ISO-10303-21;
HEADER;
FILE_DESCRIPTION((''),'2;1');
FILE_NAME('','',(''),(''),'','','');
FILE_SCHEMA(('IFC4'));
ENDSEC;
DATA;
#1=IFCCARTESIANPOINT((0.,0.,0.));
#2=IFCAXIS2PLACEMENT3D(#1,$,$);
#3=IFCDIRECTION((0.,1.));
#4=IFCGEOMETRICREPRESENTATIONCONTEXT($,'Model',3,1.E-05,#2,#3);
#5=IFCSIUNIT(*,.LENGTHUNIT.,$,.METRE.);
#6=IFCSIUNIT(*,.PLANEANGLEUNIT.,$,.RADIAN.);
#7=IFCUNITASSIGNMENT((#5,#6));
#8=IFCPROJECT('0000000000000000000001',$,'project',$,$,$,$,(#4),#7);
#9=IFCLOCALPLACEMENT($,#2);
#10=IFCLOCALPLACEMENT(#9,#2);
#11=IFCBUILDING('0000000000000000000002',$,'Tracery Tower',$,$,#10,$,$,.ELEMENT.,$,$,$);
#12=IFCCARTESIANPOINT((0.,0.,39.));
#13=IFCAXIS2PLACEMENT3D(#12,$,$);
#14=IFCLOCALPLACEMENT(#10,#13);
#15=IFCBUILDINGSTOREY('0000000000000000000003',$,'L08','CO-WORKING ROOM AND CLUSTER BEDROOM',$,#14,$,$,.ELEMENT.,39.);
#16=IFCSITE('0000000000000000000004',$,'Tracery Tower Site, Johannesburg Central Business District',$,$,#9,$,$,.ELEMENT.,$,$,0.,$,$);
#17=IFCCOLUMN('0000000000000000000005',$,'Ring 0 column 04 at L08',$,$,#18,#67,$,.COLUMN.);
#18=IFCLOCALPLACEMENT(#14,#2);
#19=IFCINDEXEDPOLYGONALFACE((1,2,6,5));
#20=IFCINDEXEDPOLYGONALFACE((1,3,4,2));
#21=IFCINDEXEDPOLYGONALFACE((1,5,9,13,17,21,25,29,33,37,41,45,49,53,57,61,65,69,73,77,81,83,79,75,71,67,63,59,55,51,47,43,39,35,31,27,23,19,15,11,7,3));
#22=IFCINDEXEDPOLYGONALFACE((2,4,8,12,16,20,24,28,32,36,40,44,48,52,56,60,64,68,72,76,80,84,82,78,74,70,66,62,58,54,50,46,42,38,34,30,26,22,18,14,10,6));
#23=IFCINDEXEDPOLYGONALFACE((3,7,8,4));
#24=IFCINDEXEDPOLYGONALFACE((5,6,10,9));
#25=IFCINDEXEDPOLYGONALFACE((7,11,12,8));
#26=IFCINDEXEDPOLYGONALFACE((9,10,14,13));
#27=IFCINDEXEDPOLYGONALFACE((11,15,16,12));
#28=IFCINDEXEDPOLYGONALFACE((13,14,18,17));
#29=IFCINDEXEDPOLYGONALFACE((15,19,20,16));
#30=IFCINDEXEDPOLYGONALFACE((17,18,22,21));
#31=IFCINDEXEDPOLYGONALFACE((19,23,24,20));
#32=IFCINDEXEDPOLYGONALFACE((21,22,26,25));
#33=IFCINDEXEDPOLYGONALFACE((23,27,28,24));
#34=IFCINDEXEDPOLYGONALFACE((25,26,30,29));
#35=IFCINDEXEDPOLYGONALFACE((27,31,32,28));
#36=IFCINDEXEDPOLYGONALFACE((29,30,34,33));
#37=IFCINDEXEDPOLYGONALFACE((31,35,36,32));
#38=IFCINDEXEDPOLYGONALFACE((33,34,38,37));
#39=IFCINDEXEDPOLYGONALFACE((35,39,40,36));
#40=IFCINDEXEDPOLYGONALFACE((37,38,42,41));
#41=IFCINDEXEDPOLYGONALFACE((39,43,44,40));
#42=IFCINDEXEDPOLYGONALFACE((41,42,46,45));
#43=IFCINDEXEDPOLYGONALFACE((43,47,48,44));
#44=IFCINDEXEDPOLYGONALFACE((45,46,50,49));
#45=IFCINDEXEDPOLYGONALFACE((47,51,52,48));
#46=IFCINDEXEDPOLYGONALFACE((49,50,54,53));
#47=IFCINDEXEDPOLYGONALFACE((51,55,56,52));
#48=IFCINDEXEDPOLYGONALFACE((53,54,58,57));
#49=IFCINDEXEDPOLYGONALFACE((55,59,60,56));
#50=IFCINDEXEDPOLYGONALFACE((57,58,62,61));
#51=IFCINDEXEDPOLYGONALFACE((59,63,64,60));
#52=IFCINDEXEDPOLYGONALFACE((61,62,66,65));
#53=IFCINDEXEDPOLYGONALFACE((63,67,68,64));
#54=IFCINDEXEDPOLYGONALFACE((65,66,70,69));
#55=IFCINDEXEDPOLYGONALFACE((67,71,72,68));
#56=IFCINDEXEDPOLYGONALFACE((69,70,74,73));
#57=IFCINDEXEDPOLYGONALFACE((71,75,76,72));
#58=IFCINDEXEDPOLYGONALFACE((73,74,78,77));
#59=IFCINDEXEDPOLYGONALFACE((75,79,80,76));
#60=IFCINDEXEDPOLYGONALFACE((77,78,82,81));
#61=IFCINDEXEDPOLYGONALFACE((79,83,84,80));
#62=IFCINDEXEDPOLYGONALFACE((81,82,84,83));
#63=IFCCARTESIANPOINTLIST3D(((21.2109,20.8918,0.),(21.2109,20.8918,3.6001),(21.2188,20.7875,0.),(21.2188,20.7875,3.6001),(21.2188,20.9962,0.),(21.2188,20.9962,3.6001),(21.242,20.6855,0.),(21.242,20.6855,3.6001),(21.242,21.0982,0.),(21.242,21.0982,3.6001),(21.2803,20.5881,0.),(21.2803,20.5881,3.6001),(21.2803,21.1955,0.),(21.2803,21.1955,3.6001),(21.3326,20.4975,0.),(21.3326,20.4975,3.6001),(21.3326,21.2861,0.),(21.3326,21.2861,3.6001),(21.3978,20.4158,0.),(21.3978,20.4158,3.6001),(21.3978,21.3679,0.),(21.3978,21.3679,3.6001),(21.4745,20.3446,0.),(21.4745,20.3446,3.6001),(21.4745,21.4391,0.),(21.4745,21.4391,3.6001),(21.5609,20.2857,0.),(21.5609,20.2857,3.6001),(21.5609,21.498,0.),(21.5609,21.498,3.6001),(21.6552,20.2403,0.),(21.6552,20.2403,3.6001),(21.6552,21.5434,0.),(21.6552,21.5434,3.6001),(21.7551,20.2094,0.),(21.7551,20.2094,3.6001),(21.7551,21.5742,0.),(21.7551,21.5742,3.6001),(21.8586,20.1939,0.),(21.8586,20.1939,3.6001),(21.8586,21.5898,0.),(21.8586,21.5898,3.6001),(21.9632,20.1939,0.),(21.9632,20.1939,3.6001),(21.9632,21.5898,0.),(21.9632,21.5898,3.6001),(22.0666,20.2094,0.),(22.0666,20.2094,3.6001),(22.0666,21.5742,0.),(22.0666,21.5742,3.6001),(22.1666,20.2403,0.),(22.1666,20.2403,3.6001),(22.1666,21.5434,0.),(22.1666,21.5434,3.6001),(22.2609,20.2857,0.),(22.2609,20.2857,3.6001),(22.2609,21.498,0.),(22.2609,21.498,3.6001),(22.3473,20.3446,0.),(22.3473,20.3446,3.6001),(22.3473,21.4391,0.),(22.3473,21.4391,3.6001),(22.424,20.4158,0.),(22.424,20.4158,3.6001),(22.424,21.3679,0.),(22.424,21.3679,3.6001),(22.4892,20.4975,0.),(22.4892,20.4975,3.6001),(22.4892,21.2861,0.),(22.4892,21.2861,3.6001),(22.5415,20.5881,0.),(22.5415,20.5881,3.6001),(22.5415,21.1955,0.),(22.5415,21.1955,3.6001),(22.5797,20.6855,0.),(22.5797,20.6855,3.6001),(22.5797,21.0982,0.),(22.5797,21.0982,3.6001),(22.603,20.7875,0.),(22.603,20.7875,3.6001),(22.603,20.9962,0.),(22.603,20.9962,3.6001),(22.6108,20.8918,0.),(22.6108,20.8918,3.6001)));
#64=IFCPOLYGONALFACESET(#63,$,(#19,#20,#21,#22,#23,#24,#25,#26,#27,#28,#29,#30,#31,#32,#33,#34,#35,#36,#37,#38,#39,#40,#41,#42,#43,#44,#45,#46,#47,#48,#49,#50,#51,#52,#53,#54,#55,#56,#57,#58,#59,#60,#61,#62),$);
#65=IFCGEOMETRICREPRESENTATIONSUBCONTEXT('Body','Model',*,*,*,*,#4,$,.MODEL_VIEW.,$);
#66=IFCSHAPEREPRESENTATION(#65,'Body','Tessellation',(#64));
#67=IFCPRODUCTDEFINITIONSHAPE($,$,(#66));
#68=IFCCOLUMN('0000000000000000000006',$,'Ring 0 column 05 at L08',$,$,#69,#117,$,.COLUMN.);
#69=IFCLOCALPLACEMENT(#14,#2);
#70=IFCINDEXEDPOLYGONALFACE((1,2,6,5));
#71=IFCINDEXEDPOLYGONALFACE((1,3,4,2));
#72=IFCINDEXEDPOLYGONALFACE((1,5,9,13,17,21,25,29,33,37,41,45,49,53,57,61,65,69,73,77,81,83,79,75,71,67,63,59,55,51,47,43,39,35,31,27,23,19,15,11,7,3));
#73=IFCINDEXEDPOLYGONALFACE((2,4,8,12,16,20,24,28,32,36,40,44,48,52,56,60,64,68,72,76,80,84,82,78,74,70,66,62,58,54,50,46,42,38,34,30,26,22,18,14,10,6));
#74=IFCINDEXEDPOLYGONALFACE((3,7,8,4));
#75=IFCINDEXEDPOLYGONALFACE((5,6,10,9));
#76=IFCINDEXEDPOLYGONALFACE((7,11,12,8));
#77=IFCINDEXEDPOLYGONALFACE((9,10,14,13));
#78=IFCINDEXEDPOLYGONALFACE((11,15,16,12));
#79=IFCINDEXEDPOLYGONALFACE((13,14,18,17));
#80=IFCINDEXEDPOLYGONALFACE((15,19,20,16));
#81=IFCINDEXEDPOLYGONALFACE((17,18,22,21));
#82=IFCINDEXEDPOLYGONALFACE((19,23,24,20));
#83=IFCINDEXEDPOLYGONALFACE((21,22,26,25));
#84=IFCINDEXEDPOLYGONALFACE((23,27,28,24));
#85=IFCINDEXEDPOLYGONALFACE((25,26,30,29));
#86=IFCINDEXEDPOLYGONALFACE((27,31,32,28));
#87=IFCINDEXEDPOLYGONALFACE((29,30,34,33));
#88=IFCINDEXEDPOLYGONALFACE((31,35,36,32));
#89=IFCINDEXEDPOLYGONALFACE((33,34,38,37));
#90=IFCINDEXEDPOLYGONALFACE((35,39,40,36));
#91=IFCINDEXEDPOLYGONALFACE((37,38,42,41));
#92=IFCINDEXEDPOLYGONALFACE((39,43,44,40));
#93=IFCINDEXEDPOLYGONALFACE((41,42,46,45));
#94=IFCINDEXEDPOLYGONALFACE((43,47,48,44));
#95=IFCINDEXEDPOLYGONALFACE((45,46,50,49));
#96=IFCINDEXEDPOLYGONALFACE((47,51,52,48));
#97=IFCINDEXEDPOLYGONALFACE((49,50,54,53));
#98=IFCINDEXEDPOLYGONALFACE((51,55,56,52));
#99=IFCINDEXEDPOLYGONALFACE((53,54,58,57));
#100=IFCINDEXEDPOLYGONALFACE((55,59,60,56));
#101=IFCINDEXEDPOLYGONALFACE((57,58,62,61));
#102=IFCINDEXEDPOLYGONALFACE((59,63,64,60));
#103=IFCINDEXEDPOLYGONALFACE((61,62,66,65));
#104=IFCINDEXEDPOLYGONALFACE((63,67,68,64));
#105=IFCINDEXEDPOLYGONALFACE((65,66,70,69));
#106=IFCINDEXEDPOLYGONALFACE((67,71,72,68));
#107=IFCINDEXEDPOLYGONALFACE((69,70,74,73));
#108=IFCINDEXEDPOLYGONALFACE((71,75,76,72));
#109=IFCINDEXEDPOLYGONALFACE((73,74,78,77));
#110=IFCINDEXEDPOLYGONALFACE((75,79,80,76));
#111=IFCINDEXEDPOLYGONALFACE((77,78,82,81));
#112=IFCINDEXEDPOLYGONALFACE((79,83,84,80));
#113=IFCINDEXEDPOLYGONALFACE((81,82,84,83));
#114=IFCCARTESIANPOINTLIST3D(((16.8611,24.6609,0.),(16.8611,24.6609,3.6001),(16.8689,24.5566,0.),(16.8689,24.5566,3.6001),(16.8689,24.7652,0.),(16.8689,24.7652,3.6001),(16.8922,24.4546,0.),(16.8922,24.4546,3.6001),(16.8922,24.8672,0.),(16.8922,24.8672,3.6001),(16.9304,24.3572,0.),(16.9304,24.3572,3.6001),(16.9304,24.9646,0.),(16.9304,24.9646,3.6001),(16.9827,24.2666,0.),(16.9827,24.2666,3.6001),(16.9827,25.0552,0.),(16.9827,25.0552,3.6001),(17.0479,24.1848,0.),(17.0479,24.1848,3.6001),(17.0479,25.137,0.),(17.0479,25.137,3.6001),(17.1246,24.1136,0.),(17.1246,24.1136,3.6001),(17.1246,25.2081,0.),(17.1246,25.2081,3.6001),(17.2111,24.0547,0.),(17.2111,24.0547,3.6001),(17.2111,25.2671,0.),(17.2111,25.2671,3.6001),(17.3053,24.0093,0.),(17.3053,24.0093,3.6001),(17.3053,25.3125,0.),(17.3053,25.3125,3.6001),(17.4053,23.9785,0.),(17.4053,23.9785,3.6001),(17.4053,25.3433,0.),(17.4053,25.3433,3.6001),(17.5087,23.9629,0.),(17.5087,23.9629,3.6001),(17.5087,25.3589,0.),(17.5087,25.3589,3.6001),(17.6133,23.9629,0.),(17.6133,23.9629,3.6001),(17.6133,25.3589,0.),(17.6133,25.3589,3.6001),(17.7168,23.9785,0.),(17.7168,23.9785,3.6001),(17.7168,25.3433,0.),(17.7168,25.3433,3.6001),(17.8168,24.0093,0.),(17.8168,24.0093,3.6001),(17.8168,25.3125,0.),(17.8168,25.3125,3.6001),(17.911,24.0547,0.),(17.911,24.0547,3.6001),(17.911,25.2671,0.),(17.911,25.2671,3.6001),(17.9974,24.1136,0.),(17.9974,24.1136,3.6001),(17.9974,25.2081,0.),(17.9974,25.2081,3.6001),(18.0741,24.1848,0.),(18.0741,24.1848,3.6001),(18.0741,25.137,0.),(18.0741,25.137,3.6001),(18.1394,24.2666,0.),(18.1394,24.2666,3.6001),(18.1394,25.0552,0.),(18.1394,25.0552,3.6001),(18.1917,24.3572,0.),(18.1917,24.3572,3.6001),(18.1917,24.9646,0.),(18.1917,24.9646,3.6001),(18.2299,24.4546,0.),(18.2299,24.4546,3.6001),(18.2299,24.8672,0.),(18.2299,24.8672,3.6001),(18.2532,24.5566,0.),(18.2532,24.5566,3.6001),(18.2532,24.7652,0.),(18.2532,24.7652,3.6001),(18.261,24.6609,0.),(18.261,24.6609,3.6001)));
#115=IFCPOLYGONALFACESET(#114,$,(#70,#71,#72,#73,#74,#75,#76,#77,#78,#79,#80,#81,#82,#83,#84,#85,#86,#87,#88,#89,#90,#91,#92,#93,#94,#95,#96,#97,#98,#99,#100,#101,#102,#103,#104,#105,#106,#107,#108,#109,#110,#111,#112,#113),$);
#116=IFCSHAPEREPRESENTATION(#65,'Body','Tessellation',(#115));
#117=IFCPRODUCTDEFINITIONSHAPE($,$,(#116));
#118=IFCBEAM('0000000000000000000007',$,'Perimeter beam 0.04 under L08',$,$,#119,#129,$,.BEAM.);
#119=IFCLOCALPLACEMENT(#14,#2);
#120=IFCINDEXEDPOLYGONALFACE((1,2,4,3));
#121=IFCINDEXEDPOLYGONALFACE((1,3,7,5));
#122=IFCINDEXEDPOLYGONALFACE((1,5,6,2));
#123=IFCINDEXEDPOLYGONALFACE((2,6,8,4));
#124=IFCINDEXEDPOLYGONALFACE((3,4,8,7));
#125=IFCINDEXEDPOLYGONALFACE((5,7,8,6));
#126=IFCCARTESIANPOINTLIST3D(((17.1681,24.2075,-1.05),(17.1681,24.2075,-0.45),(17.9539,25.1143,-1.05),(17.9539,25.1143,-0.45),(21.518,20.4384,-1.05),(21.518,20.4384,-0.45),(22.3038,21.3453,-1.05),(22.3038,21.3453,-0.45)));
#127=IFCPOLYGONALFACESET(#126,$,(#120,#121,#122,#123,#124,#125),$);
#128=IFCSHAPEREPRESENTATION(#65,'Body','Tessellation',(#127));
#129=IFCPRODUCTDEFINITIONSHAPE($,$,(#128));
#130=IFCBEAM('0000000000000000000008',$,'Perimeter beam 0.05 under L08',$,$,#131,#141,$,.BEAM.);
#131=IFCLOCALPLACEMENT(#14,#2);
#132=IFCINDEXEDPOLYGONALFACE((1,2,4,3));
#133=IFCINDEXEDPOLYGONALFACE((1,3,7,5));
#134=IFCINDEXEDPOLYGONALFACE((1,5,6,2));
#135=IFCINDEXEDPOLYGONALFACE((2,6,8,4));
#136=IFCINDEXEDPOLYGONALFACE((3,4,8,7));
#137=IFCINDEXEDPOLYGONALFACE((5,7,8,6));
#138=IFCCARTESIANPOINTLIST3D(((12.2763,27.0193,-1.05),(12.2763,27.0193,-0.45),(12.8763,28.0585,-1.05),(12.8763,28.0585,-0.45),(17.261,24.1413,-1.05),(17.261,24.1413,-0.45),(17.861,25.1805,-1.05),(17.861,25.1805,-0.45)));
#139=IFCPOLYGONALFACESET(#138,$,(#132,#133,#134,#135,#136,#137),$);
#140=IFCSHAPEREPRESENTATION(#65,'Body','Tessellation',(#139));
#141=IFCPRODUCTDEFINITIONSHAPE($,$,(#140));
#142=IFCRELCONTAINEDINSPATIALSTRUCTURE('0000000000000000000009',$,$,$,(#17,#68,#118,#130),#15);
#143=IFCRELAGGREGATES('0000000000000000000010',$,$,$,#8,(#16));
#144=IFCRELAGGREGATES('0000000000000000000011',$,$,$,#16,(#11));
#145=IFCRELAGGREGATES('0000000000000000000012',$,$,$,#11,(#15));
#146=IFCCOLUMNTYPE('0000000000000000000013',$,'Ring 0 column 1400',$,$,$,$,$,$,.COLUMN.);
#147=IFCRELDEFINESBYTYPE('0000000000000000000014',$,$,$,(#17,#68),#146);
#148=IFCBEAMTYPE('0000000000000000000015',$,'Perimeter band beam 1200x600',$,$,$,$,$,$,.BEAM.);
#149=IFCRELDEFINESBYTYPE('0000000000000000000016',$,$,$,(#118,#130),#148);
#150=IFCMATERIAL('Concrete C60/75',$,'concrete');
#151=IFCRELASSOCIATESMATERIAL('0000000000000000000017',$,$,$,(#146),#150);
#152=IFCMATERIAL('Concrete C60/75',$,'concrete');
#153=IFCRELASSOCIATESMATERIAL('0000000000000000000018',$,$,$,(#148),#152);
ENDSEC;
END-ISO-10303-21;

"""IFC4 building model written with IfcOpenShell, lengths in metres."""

from ifc_helpers import new_model, si_unit, direction, frame, origin, origin_2d, place, context, subcontext, project, spatial, rectangle, circle, extrude, material, material_profile, profile_set, type_object, element, save


model = new_model("IFC4")

# Units and contexts
model_context = context("Model", 3, precision=1e-05, world=origin(), true_north=direction((0.0, 1.0)))
body_context = subcontext(model_context, "Body", "Model", "MODEL_VIEW")
ifc_project = project(units=[si_unit("LENGTHUNIT", "METRE"), si_unit("PLANEANGLEUNIT", "RADIAN")], contexts=[model_context])

# Site, building, storey
site_placement = place(None, origin())
site = spatial("IfcSite", under=ifc_project, at=site_placement, Name="Tracery Tower Site, Johannesburg Central Business District", CompositionType="ELEMENT", RefElevation=0.0)
building_placement = place(site_placement, origin())
building = spatial("IfcBuilding", under=site, at=building_placement, Name="Tracery Tower", CompositionType="ELEMENT")
storey_placement = place(building_placement, frame((0.0, 0.0, 39.0)))
storey = spatial("IfcBuildingStorey", under=building, at=storey_placement, Name="L08", Description="CO-WORKING ROOM AND CLUSTER BEDROOM", CompositionType="ELEMENT", Elevation=39.0)

# Columns
ifc_material_1 = material(Name="Concrete C60/75", Category="concrete")
ifc_material_profile_1 = material_profile(ifc_material_1, circle(Radius=0.7, at=origin_2d()), Name="RC D1400")
ifc_profile_set_1 = profile_set([ifc_material_profile_1], Name="Concrete C60/75")
column_type = type_object("IfcColumnType", Name="Ring 0 column 1400", PredefinedType="COLUMN", material=ifc_profile_set_1)
for number, where, z_axis, x_axis, name in (
    (1, (21.9109, 20.8918, 0.0), (0.0, 0.0, 1.0), (1.0, 0.0, 0.0), "Ring 0 column 04 at L08"),
    (2, (17.561, 24.6609, 0.0), (0.0, 0.0, 1.0), (1.0, 0.0, 0.0), "Ring 0 column 05 at L08"),
):
    element("IfcColumn", number, at=place(storey_placement, frame(where, z_axis=z_axis, x_axis=x_axis)), inside=storey, type_object=column_type, Name=name, PredefinedType="COLUMN", context=body_context, shape_type="SweptSolid", body=[
        extrude(circle(Radius=0.7, at=origin_2d()), origin(), (0.0, 0.0, 1.0), 3.6001),
    ])

# Beams
ifc_material_2 = material(Name="Concrete C60/75", Category="concrete")
ifc_material_profile_2 = material_profile(ifc_material_2, rectangle(XDim=1.2, YDim=0.6001, at=origin_2d()), Name="RC 1200x600")
ifc_profile_set_2 = profile_set([ifc_material_profile_2], Name="Concrete C60/75")
beam_type = type_object("IfcBeamType", Name="Perimeter band beam 1200x600", PredefinedType="BEAM", material=ifc_profile_set_2)
beam_1_placement = place(storey_placement, frame((21.9109, 20.8918, -0.75), z_axis=(-0.75576, 0.654848, 0.0), x_axis=(-0.654848, -0.75576, 0.0)))
element("IfcBeam", 3, at=beam_1_placement, inside=storey, type_object=beam_type, Name="Perimeter beam 0.04 under L08", PredefinedType="BEAM", context=body_context, shape_type="SweptSolid", body=[
    extrude(rectangle(XDim=1.2, YDim=0.6001, at=origin_2d()), origin(), (0.0, 0.0, 1.0), 5.7556),
])
beam_2_placement = place(storey_placement, frame((17.561, 24.6609, -0.75), z_axis=(-0.866021, 0.500008, 0.0), x_axis=(-0.500008, -0.866021, 0.0)))
element("IfcBeam", 4, at=beam_2_placement, inside=storey, type_object=beam_type, Name="Perimeter beam 0.05 under L08", PredefinedType="BEAM", context=body_context, shape_type="SweptSolid", body=[
    extrude(rectangle(XDim=1.2, YDim=0.6001, at=origin_2d()), origin(), (0.0, 0.0, 1.0), 5.7559),
])

save(model, "model.ifc")
